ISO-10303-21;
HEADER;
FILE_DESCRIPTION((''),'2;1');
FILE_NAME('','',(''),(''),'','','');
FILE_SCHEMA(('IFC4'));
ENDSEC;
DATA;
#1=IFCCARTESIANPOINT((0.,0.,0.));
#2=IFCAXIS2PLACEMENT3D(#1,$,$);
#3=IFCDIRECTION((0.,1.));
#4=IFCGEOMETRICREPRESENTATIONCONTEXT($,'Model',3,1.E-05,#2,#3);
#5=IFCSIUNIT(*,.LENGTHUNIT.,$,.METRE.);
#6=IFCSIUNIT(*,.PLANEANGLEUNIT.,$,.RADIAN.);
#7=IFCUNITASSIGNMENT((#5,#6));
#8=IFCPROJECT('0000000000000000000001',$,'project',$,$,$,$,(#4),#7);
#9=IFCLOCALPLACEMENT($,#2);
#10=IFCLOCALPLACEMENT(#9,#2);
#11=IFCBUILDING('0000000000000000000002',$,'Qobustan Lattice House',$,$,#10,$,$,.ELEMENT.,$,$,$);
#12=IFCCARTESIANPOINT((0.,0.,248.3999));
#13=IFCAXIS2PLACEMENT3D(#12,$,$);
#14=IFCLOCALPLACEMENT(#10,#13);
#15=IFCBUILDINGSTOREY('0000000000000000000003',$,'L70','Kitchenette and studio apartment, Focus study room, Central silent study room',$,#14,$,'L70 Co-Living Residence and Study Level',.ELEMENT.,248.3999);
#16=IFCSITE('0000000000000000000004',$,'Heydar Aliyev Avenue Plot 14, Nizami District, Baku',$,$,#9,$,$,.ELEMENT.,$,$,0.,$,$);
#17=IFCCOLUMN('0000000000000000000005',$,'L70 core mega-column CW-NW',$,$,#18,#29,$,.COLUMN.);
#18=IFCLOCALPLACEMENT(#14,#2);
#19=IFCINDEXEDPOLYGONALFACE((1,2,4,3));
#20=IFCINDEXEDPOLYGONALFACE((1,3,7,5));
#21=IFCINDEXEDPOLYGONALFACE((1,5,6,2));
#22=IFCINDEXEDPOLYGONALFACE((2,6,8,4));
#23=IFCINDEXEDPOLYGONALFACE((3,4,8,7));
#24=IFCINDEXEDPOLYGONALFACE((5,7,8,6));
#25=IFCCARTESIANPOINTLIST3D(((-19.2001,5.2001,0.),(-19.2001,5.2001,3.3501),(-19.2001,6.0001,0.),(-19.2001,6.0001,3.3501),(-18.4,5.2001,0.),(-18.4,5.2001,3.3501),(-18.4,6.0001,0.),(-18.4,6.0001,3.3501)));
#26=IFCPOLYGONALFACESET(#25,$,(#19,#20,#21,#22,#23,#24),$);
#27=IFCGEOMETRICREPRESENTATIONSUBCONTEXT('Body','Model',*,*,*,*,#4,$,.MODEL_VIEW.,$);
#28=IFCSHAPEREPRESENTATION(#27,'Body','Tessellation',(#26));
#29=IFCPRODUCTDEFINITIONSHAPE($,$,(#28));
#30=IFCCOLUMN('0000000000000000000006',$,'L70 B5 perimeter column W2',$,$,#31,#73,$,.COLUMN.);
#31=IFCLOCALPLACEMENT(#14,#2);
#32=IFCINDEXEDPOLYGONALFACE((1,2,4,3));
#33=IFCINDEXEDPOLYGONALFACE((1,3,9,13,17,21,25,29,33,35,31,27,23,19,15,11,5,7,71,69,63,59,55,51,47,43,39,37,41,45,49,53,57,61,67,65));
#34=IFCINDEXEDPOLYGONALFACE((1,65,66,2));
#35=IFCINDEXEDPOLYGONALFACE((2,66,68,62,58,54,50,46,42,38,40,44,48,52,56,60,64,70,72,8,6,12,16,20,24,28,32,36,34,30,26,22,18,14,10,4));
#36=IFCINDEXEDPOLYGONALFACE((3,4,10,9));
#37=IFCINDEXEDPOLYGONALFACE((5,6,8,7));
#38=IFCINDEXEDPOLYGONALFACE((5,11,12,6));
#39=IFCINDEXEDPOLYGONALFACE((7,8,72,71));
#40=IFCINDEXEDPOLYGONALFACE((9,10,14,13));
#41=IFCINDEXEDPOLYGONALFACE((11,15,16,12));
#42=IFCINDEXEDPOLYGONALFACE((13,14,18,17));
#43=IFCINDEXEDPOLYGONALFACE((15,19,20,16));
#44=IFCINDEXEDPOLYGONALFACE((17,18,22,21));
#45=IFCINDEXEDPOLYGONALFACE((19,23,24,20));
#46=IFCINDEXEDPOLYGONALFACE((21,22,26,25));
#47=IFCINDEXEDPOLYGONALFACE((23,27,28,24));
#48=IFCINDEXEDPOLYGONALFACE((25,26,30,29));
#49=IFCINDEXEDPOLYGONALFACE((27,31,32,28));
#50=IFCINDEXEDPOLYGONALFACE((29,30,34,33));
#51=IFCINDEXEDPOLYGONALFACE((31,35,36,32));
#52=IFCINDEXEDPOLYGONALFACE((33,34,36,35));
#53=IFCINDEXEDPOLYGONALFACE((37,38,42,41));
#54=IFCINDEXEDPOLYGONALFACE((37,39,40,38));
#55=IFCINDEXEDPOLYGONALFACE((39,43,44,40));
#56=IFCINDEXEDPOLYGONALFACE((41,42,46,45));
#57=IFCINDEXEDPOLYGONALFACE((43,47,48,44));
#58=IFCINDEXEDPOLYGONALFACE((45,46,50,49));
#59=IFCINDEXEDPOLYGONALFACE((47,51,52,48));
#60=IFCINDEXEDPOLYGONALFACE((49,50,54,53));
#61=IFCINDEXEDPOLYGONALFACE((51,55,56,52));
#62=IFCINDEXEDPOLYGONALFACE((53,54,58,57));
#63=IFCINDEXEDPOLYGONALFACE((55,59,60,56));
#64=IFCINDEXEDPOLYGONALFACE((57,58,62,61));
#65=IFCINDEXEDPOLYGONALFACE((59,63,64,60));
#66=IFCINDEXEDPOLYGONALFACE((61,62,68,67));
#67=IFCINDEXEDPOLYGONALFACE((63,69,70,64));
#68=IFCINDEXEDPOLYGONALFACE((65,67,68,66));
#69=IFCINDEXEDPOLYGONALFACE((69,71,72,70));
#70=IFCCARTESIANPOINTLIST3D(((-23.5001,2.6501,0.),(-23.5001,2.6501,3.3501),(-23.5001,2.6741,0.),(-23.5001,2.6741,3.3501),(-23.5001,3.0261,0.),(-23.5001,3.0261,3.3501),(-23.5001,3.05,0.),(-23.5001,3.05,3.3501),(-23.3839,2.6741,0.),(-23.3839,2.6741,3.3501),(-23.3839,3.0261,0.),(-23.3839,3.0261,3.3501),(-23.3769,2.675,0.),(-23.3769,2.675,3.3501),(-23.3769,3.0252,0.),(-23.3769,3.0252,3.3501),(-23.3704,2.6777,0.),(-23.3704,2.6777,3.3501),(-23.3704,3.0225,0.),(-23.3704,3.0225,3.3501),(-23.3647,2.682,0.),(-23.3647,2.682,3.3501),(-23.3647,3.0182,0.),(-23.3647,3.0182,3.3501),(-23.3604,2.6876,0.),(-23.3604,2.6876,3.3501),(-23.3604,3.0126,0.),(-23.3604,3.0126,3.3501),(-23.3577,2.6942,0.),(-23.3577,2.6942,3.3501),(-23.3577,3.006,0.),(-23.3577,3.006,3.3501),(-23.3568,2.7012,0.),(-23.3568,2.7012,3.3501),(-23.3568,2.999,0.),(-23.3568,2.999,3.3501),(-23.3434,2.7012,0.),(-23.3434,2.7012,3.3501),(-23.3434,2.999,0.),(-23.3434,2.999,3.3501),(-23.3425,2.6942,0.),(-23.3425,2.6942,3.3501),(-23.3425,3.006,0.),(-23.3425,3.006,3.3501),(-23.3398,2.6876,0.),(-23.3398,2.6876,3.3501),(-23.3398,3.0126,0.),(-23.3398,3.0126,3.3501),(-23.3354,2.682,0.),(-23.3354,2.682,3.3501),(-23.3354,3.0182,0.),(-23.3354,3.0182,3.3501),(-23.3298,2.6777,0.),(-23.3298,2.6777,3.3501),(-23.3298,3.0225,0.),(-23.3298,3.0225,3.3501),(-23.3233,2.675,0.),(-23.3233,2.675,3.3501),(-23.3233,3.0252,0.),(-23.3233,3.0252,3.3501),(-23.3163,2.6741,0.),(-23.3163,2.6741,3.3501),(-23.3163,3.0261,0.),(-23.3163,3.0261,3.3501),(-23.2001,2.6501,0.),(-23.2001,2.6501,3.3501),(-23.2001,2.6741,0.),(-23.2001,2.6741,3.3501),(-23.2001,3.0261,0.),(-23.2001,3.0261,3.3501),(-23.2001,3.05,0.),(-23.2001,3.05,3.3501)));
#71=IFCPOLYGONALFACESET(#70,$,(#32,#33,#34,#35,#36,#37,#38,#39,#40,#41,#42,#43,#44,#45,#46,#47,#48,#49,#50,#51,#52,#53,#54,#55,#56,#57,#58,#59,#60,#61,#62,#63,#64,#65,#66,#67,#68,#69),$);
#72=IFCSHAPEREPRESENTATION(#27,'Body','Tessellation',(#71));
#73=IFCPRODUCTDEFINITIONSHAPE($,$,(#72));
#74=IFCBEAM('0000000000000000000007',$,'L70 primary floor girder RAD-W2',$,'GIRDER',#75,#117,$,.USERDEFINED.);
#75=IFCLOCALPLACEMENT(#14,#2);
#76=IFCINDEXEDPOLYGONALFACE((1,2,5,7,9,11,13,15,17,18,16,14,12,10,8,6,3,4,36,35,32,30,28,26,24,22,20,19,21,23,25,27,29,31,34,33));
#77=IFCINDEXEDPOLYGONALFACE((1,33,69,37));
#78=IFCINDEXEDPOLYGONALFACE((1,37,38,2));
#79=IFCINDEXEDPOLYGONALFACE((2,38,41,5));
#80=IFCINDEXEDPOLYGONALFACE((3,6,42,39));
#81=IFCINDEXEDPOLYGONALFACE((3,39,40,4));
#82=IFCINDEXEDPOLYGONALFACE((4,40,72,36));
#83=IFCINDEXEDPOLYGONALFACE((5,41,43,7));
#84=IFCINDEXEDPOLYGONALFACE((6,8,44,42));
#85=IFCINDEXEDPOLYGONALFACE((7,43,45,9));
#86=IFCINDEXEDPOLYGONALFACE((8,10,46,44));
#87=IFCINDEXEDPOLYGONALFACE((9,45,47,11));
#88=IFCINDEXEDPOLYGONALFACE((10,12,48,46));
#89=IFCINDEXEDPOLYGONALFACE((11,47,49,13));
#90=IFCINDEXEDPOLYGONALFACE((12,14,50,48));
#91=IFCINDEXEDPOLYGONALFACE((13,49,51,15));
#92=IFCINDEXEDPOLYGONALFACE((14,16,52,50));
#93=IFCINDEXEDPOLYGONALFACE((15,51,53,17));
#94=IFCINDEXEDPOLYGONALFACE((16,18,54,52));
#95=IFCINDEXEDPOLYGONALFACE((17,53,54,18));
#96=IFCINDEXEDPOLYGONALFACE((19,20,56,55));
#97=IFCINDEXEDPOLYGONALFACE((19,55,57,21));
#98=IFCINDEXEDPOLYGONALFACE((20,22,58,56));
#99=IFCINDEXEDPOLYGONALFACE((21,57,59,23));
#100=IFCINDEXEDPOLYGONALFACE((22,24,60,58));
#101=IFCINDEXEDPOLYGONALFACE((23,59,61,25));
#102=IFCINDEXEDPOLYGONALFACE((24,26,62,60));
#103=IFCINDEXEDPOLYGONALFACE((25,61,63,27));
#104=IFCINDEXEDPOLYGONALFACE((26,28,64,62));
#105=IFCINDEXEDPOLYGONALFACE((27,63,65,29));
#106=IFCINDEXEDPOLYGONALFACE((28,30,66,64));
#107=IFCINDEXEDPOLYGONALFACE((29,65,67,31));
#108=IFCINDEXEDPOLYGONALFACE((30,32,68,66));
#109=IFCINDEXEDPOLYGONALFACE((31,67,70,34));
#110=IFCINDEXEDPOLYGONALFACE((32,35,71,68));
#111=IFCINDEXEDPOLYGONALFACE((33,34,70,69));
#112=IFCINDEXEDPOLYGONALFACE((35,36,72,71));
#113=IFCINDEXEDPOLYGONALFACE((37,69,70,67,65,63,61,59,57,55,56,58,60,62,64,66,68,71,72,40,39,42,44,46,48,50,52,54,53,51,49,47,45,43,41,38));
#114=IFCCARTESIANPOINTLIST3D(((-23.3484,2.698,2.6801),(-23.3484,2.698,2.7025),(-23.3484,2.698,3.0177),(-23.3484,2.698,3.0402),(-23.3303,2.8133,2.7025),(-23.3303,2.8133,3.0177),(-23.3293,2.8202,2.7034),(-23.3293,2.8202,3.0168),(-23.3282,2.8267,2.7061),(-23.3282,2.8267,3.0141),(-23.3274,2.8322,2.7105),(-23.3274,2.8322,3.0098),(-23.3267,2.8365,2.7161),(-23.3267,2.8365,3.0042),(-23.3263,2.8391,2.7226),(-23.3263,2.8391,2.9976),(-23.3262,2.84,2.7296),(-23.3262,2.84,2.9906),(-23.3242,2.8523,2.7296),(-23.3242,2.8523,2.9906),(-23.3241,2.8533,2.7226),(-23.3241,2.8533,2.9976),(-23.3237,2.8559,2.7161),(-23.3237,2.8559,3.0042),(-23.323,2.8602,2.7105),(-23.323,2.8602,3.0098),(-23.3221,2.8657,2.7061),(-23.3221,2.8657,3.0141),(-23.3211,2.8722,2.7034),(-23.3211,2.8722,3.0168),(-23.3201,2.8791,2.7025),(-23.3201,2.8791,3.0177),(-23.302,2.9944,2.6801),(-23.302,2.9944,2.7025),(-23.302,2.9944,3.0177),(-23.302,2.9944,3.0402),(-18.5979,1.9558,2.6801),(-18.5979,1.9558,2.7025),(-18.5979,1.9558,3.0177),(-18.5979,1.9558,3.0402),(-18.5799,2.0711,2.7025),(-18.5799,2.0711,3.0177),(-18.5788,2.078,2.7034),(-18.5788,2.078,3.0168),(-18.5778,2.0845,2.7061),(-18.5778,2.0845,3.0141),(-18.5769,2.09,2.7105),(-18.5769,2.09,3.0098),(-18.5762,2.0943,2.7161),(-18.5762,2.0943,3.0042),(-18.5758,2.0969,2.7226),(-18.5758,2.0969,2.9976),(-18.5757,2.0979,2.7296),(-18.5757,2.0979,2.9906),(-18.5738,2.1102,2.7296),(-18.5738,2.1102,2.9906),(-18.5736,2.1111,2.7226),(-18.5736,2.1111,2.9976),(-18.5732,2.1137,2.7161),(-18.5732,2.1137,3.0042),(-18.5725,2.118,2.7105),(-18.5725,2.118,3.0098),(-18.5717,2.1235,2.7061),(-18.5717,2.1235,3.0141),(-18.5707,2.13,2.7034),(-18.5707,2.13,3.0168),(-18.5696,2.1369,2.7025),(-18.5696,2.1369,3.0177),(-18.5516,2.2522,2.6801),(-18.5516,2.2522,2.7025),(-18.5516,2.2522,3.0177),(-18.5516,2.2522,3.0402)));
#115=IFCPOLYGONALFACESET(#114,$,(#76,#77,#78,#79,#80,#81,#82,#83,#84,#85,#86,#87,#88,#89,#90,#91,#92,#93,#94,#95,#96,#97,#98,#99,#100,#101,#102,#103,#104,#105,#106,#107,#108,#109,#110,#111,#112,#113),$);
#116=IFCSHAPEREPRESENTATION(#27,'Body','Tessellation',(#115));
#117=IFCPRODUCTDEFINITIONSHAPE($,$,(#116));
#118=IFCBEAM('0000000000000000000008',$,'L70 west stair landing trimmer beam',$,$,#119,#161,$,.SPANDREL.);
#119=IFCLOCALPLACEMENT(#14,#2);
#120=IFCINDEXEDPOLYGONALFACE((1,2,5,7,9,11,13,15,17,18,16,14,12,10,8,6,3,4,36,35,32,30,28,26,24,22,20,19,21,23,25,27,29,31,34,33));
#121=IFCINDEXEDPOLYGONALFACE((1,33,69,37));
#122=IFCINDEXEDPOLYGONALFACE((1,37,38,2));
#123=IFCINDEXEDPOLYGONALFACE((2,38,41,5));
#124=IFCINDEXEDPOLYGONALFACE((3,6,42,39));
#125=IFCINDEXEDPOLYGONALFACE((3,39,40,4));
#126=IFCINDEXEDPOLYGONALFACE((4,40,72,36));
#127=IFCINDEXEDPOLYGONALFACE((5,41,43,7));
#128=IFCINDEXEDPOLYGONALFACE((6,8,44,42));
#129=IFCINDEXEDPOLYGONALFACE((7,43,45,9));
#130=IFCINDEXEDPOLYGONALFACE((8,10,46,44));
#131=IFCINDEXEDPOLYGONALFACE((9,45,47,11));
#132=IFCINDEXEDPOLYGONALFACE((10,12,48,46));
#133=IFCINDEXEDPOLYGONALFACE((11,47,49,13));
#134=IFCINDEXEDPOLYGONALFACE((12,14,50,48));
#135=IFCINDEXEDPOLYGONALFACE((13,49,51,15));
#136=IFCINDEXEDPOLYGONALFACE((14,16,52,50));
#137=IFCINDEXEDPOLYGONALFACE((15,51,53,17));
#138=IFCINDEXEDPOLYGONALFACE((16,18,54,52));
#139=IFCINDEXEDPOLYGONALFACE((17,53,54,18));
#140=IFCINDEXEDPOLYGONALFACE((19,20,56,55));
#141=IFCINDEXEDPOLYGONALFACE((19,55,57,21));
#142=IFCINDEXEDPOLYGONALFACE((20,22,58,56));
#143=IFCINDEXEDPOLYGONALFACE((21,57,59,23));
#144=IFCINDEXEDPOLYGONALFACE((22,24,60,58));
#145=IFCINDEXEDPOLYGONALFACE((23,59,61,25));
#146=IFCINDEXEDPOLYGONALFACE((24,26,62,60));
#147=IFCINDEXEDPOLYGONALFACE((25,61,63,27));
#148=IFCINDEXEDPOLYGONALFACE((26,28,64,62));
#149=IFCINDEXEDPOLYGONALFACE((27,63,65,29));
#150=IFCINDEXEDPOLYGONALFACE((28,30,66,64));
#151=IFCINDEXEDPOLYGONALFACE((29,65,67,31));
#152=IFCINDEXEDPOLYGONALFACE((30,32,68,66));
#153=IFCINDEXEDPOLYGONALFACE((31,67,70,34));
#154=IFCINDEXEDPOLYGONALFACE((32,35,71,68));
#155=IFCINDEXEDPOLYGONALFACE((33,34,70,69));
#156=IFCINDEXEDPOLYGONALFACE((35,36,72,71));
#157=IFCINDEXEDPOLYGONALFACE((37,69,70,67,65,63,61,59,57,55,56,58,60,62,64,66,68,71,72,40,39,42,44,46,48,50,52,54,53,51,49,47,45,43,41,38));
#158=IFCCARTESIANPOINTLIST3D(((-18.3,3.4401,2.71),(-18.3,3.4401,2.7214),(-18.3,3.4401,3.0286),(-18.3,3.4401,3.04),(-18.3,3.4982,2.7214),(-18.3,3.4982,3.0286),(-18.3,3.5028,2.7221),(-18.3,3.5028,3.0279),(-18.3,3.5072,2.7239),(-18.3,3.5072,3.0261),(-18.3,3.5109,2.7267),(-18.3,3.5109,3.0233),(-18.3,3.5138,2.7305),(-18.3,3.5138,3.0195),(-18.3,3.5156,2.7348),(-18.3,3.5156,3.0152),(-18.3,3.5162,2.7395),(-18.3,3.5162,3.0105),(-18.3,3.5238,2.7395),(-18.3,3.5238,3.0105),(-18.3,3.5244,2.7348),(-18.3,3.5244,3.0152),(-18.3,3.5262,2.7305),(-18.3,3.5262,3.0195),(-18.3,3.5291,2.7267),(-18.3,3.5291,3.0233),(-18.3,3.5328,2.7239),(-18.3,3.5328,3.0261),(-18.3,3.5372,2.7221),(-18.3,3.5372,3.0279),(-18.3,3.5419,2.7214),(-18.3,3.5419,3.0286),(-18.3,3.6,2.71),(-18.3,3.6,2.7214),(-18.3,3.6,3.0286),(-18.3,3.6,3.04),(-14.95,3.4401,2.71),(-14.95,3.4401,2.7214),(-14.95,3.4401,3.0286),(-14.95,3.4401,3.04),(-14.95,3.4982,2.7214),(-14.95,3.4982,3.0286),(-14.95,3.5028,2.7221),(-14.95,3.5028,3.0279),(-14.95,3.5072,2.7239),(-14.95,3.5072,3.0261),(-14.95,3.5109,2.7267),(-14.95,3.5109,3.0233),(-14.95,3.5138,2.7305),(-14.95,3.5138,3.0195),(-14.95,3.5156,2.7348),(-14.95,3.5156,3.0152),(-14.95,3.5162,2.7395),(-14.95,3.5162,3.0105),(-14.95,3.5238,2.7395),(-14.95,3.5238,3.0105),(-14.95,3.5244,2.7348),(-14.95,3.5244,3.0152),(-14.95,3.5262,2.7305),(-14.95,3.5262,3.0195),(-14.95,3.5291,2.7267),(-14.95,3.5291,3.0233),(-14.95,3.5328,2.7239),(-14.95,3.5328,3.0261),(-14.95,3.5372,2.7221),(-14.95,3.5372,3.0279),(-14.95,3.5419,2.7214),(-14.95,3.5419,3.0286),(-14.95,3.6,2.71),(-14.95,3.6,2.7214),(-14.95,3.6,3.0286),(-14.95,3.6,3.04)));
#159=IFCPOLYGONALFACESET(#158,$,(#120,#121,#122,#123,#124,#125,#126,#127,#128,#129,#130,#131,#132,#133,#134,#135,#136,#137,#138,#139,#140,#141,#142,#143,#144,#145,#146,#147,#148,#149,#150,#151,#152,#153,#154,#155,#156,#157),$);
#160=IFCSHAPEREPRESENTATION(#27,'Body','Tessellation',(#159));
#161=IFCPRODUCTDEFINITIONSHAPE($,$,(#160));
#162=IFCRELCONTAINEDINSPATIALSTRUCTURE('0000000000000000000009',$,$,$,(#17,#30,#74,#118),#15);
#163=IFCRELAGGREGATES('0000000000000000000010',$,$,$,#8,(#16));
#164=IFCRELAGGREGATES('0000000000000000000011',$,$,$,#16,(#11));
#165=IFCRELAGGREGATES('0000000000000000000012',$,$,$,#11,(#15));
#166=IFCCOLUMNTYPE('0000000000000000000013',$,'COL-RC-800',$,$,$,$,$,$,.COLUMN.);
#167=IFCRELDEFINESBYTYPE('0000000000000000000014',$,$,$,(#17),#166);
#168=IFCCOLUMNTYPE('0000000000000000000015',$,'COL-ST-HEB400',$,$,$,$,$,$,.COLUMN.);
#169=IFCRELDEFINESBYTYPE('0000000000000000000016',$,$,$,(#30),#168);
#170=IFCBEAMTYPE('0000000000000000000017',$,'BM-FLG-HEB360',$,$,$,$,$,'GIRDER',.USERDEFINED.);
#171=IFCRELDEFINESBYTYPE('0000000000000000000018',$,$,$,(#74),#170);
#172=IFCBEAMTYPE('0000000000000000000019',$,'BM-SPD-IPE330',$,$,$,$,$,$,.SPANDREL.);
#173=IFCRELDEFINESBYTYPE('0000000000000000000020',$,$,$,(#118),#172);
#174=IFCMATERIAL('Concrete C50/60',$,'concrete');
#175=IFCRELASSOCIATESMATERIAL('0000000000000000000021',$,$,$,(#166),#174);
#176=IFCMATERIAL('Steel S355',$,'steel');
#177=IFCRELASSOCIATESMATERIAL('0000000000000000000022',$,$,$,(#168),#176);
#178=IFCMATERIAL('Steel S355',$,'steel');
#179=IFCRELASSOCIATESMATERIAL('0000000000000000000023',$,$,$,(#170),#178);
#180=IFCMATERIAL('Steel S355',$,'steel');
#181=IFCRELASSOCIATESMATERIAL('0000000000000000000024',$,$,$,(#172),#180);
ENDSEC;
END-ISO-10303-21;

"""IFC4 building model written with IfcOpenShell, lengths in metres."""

from ifc_helpers import new_model, si_unit, direction, frame, origin, origin_2d, place, context, subcontext, project, spatial, rectangle, i_section, extrude, material, material_profile, profile_set, type_object, element, save


model = new_model("IFC4")

# Units and contexts
model_context = context("Model", 3, precision=1e-05, world=origin(), true_north=direction((0.0, 1.0)))
body_context = subcontext(model_context, "Body", "Model", "MODEL_VIEW")
ifc_project = project(units=[si_unit("LENGTHUNIT", "METRE"), si_unit("PLANEANGLEUNIT", "RADIAN")], contexts=[model_context])

# Site, building, storey
site_placement = place(None, origin())
site = spatial("IfcSite", under=ifc_project, at=site_placement, Name="Heydar Aliyev Avenue Plot 14, Nizami District, Baku", CompositionType="ELEMENT", RefElevation=0.0)
building_placement = place(site_placement, origin())
building = spatial("IfcBuilding", under=site, at=building_placement, Name="Qobustan Lattice House", CompositionType="ELEMENT")
storey_placement = place(building_placement, frame((0.0, 0.0, 248.3999)))
storey = spatial("IfcBuildingStorey", under=building, at=storey_placement, Name="L70", Description="Kitchenette and studio apartment, Focus study room, Central silent study room", LongName="L70 Co-Living Residence and Study Level", CompositionType="ELEMENT", Elevation=248.3999)

# Columns
ifc_material_1 = material(Name="Concrete C50/60", Category="concrete")
ifc_material_profile_1 = material_profile(ifc_material_1, rectangle(XDim=0.8, YDim=0.8, at=origin_2d()), Name="RC800x800")
ifc_profile_set_1 = profile_set([ifc_material_profile_1], Name="Concrete C50/60")
column_type_1 = type_object("IfcColumnType", Name="COL-RC-800", PredefinedType="COLUMN", material=ifc_profile_set_1)
column_1_placement = place(storey_placement, frame((-18.8, 5.6001, 0.0), z_axis=(0.0, 0.0, 1.0), x_axis=(1.0, 0.0, 0.0)))
element("IfcColumn", 1, at=column_1_placement, inside=storey, type_object=column_type_1, Name="L70 core mega-column CW-NW", PredefinedType="COLUMN", context=body_context, shape_type="SweptSolid", body=[
    extrude(rectangle(XDim=0.8, YDim=0.8, at=origin_2d()), origin(), (0.0, 0.0, 1.0), 3.3501),
])
ifc_material_2 = material(Name="Steel S355", Category="steel")
ifc_material_profile_2 = material_profile(ifc_material_2, i_section(OverallWidth=0.3, OverallDepth=0.3999, WebThickness=0.0134, FlangeThickness=0.0239, FilletRadius=0.0271, at=origin_2d()), Name="HEB400")
ifc_profile_set_2 = profile_set([ifc_material_profile_2], Name="Steel S355")
column_type_2 = type_object("IfcColumnType", Name="COL-ST-HEB400", PredefinedType="COLUMN", material=ifc_profile_set_2)
column_2_placement = place(storey_placement, frame((-23.3501, 2.8501, 0.0), z_axis=(0.0, 0.0, 1.0), x_axis=(1.0, 0.0, 0.0)))
element("IfcColumn", 2, at=column_2_placement, inside=storey, type_object=column_type_2, Name="L70 B5 perimeter column W2", PredefinedType="COLUMN", context=body_context, shape_type="SweptSolid", body=[
    extrude(i_section(OverallWidth=0.3, OverallDepth=0.3999, WebThickness=0.0134, FlangeThickness=0.0239, FilletRadius=0.0271, at=origin_2d()), origin(), (0.0, 0.0, 1.0), 3.3501),
])

# Beams
ifc_material_3 = material(Name="Steel S355", Category="steel")
ifc_material_profile_3 = material_profile(ifc_material_3, i_section(OverallWidth=0.3, OverallDepth=0.3601, WebThickness=0.0125, FlangeThickness=0.0225, FilletRadius=0.0271, at=origin_2d()), Name="HEB360")
ifc_profile_set_3 = profile_set([ifc_material_profile_3], Name="Steel S355")
beam_type_1 = type_object("IfcBeamType", Name="BM-FLG-HEB360", ElementType="GIRDER", PredefinedType="USERDEFINED", material=ifc_profile_set_3)
beam_1_placement = place(storey_placement, frame((-23.3252, 2.8462, 2.8601), z_axis=(0.988014, -0.154361, 0.0), x_axis=(0.154361, 0.988014, 0.0)))
element("IfcBeam", 3, at=beam_1_placement, inside=storey, type_object=beam_type_1, Name="L70 primary floor girder RAD-W2", ObjectType="GIRDER", PredefinedType="USERDEFINED", context=body_context, shape_type="SweptSolid", body=[
    extrude(i_section(OverallWidth=0.3, OverallDepth=0.3601, WebThickness=0.0125, FlangeThickness=0.0225, FilletRadius=0.0271, at=origin_2d()), origin(), (0.0, 0.0, 1.0), 4.8081),
])
ifc_material_4 = material(Name="Steel S355", Category="steel")
ifc_material_profile_4 = material_profile(ifc_material_4, i_section(OverallWidth=0.1599, OverallDepth=0.3301, WebThickness=0.0076, FlangeThickness=0.0115, FilletRadius=0.0181, at=origin_2d()), Name="IPE330")
ifc_profile_set_4 = profile_set([ifc_material_profile_4], Name="Steel S355")
beam_type_2 = type_object("IfcBeamType", Name="BM-SPD-IPE330", PredefinedType="SPANDREL", material=ifc_profile_set_4)
beam_2_placement = place(storey_placement, frame((-18.3, 3.52, 2.875), z_axis=(1.0, 0.0, 0.0), x_axis=(0.0, 1.0, 0.0)))
element("IfcBeam", 4, at=beam_2_placement, inside=storey, type_object=beam_type_2, Name="L70 west stair landing trimmer beam", PredefinedType="SPANDREL", context=body_context, shape_type="SweptSolid", body=[
    extrude(i_section(OverallWidth=0.1599, OverallDepth=0.3301, WebThickness=0.0076, FlangeThickness=0.0115, FilletRadius=0.0181, at=origin_2d()), origin(), (0.0, 0.0, 1.0), 3.3501),
])

save(model, "model.ifc")
